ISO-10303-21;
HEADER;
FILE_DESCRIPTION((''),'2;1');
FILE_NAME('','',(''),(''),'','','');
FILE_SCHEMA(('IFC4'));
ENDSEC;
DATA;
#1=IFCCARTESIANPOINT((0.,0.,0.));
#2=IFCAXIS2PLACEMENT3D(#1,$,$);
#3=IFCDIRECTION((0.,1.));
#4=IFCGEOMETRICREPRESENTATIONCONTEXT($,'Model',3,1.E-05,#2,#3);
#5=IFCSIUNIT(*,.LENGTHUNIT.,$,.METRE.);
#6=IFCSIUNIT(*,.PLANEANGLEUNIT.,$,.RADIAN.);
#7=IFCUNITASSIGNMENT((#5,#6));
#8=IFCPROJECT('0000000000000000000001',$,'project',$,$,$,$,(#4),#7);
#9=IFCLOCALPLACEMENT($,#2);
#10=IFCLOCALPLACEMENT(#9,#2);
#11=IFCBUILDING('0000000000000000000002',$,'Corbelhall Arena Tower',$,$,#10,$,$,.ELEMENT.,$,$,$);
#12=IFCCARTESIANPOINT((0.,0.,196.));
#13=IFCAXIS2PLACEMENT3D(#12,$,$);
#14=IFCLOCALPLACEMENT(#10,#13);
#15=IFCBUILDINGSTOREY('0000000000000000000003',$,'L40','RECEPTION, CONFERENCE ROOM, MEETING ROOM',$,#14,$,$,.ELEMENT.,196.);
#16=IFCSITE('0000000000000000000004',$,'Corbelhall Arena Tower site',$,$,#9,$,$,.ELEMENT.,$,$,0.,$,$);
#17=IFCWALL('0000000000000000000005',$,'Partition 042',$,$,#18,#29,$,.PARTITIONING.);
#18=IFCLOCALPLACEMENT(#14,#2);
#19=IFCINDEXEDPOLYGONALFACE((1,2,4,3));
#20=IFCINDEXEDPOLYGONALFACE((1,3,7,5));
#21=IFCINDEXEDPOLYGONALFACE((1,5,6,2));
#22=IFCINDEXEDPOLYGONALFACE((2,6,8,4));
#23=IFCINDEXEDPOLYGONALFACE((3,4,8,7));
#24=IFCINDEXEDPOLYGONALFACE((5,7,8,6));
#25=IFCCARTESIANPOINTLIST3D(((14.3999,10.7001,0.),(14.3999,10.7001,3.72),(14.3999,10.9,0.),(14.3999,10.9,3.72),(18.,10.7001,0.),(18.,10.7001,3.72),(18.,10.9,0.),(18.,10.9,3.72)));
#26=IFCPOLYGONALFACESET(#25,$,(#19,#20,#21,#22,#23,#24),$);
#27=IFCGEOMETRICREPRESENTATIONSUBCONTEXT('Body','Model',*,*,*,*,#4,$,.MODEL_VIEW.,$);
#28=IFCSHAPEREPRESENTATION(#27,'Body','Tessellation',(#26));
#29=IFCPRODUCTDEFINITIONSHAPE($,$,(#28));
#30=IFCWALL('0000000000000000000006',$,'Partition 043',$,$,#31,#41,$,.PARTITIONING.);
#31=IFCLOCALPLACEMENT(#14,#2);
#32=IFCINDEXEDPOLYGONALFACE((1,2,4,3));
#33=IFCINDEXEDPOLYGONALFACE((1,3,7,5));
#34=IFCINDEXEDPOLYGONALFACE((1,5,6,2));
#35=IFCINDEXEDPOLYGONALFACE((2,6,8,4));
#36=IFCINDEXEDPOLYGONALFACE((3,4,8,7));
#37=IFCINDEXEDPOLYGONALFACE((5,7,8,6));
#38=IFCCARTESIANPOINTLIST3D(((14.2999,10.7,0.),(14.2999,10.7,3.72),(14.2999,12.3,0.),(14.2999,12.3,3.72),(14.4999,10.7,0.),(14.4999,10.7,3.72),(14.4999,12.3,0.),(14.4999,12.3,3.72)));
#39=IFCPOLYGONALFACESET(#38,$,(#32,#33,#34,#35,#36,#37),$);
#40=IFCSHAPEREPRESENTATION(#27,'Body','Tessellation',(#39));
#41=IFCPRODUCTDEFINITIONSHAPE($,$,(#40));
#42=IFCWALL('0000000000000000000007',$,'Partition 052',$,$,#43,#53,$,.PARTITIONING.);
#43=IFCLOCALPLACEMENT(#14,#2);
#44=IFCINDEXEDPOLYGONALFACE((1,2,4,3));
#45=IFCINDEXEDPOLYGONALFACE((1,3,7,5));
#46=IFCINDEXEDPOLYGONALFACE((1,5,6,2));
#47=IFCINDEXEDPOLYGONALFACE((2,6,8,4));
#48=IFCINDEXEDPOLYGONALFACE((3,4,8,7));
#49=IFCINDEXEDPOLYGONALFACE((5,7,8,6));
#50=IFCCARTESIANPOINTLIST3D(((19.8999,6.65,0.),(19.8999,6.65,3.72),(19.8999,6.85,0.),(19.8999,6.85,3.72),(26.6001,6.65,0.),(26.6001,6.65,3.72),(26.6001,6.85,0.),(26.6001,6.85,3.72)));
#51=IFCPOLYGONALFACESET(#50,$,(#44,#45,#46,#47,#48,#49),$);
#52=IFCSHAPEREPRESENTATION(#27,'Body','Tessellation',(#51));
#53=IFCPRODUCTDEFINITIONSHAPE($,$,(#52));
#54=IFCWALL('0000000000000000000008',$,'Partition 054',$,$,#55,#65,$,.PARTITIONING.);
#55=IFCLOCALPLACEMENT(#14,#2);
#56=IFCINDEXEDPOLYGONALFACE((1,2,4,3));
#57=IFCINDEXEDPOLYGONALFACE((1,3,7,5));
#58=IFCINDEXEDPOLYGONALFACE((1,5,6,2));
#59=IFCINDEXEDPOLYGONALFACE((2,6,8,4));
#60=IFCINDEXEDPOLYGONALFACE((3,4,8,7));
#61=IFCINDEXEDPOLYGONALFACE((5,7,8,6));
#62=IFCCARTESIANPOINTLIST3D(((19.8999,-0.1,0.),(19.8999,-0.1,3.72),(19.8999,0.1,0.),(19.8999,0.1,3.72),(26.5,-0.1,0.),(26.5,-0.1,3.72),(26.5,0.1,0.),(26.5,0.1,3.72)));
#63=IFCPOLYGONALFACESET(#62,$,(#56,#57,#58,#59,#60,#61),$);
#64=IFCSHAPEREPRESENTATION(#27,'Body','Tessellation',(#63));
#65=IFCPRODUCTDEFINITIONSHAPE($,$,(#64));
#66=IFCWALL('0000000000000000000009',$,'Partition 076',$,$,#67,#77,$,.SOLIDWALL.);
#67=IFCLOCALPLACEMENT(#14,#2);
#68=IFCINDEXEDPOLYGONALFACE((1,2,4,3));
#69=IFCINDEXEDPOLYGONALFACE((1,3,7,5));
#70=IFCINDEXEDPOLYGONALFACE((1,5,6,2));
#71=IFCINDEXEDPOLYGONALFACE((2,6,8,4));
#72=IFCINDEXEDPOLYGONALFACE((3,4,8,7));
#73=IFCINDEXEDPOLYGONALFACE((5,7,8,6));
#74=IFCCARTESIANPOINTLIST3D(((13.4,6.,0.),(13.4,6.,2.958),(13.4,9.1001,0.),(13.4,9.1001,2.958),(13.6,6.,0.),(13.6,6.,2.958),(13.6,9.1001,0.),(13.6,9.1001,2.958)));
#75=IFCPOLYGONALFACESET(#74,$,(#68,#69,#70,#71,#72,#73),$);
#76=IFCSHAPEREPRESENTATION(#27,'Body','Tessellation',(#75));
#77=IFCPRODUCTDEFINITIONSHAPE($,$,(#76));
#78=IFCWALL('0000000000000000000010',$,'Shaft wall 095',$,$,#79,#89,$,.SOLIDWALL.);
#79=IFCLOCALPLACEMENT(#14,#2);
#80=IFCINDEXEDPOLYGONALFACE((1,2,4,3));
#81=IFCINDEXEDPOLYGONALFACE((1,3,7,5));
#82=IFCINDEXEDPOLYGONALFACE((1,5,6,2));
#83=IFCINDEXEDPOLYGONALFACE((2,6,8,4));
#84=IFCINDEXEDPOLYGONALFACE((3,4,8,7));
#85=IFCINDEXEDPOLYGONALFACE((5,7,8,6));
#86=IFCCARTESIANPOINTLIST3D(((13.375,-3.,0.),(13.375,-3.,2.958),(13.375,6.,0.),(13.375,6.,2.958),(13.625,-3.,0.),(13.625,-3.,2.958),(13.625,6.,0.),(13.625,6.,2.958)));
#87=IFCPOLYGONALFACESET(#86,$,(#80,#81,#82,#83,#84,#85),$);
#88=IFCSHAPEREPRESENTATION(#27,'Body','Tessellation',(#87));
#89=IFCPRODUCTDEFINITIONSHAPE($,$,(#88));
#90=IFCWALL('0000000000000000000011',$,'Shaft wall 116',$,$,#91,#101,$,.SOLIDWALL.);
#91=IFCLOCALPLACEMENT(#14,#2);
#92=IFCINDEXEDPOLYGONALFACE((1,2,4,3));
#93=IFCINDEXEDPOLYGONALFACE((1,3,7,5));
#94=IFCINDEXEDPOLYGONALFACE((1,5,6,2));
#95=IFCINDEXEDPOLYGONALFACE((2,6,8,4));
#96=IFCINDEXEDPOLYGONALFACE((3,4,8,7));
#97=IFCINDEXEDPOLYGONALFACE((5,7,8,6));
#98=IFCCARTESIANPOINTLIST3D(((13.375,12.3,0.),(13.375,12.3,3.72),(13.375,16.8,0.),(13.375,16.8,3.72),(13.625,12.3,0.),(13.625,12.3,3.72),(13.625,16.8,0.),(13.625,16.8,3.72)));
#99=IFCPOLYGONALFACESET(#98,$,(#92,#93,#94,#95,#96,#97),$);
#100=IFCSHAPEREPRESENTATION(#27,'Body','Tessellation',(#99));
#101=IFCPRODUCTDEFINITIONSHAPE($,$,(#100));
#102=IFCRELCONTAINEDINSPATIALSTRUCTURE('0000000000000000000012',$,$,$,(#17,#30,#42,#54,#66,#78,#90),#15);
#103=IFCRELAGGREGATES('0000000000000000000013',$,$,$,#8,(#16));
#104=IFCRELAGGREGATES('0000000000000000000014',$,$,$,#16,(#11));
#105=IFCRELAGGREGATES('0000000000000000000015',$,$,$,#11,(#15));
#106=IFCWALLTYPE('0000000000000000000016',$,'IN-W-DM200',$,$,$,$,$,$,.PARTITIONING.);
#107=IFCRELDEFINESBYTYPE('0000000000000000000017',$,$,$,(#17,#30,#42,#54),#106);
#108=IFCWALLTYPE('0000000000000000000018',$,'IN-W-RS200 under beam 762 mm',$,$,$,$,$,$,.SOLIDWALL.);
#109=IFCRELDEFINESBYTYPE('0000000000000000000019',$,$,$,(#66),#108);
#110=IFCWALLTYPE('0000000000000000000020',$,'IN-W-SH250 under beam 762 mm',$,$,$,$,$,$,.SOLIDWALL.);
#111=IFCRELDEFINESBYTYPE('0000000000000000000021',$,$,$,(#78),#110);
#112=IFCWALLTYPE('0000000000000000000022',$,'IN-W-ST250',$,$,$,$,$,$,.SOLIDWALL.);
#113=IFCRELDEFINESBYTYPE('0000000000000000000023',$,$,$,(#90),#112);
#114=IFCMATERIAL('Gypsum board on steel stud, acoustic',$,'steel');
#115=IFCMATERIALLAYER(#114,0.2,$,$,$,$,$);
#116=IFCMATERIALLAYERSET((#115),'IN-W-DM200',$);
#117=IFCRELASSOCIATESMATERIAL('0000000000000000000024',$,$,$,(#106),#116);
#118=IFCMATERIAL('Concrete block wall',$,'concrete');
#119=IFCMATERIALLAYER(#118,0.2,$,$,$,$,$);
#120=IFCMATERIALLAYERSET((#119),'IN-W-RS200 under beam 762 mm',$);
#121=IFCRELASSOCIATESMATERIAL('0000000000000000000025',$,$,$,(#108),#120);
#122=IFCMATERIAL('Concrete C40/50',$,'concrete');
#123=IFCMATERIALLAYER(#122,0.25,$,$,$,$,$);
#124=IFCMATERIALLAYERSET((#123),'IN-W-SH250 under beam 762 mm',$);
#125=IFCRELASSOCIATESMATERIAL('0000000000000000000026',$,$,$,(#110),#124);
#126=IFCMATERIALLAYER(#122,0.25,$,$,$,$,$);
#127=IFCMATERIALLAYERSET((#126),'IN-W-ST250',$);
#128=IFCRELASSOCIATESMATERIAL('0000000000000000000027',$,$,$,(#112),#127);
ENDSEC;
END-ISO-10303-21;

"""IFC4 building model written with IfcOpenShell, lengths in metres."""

from ifc_helpers import new_model, si_unit, direction, frame, frame_2d, origin, place, context, subcontext, project, spatial, rectangle, extrude, material, layer, layer_set, type_object, element, save


model = new_model("IFC4")

# Units and contexts
model_context = context("Model", 3, precision=1e-05, world=origin(), true_north=direction((0.0, 1.0)))
body_context = subcontext(model_context, "Body", "Model", "MODEL_VIEW")
ifc_project = project(units=[si_unit("LENGTHUNIT", "METRE"), si_unit("PLANEANGLEUNIT", "RADIAN")], contexts=[model_context])

# Site, building, storey
site_placement = place(None, origin())
site = spatial("IfcSite", under=ifc_project, at=site_placement, Name="Corbelhall Arena Tower site", CompositionType="ELEMENT", RefElevation=0.0)
building_placement = place(site_placement, origin())
building = spatial("IfcBuilding", under=site, at=building_placement, Name="Corbelhall Arena Tower", CompositionType="ELEMENT")
storey_placement = place(building_placement, frame((0.0, 0.0, 196.0)))
storey = spatial("IfcBuildingStorey", under=building, at=storey_placement, Name="L40", Description="RECEPTION, CONFERENCE ROOM, MEETING ROOM", CompositionType="ELEMENT", Elevation=196.0)

# Walls
ifc_material_1 = material(Name="Gypsum board on steel stud, acoustic", Category="steel")
ifc_layer_1 = layer(ifc_material_1, 0.2)
ifc_layer_set_1 = layer_set([ifc_layer_1], Name="IN-W-DM200")
wall_type_1 = type_object("IfcWallType", Name="IN-W-DM200", PredefinedType="PARTITIONING", material=ifc_layer_set_1)
wall_1_placement = place(storey_placement, frame((14.3999, 10.8, 0.0), z_axis=(0.0, 0.0, 1.0), x_axis=(1.0, 0.0, 0.0)))
element("IfcWall", 1, at=wall_1_placement, inside=storey, type_object=wall_type_1, Name="Partition 042", PredefinedType="PARTITIONING", context=body_context, shape_type="SweptSolid", body=[
    extrude(rectangle(XDim=3.6001, YDim=0.2, at=frame_2d((1.8, 0.0))), origin(), (0.0, 0.0, 1.0), 3.72),
])
wall_2_placement = place(storey_placement, frame((14.3999, 12.3, 0.0), z_axis=(0.0, 0.0, 1.0), x_axis=(0.0, -1.0, 0.0)))
element("IfcWall", 2, at=wall_2_placement, inside=storey, type_object=wall_type_1, Name="Partition 043", PredefinedType="PARTITIONING", context=body_context, shape_type="SweptSolid", body=[
    extrude(rectangle(XDim=1.6001, YDim=0.2, at=frame_2d((0.8, 0.0))), origin(), (0.0, 0.0, 1.0), 3.72),
])

# Walls
wall_3_placement = place(storey_placement, frame((19.8999, 6.75, 0.0), z_axis=(0.0, 0.0, 1.0), x_axis=(1.0, 0.0, 0.0)))
element("IfcWall", 3, at=wall_3_placement, inside=storey, type_object=wall_type_1, Name="Partition 052", PredefinedType="PARTITIONING", context=body_context, shape_type="SweptSolid", body=[
    extrude(rectangle(XDim=6.7002, YDim=0.2, at=frame_2d((3.3501, 0.0))), origin(), (0.0, 0.0, 1.0), 3.72),
])
wall_4_placement = place(storey_placement, frame((26.5, 0.0, 0.0), z_axis=(0.0, 0.0, 1.0), x_axis=(-1.0, 0.0, 0.0)))
element("IfcWall", 4, at=wall_4_placement, inside=storey, type_object=wall_type_1, Name="Partition 054", PredefinedType="PARTITIONING", context=body_context, shape_type="SweptSolid", body=[
    extrude(rectangle(XDim=6.6001, YDim=0.2, at=frame_2d((3.3, 0.0))), origin(), (0.0, 0.0, 1.0), 3.72),
])
ifc_material_2 = material(Name="Concrete block wall", Category="concrete")
ifc_layer_2 = layer(ifc_material_2, 0.2)
ifc_layer_set_2 = layer_set([ifc_layer_2], Name="IN-W-RS200 under beam 762 mm")
wall_type_2 = type_object("IfcWallType", Name="IN-W-RS200 under beam 762 mm", PredefinedType="SOLIDWALL", material=ifc_layer_set_2)
wall_5_placement = place(storey_placement, frame((13.5, 9.1001, 0.0), z_axis=(0.0, 0.0, 1.0), x_axis=(0.0, -1.0, 0.0)))
element("IfcWall", 5, at=wall_5_placement, inside=storey, type_object=wall_type_2, Name="Partition 076", PredefinedType="SOLIDWALL", context=body_context, shape_type="SweptSolid", body=[
    extrude(rectangle(XDim=3.1001, YDim=0.2, at=frame_2d((1.55, 0.0))), origin(), (0.0, 0.0, 1.0), 2.958),
])
ifc_material_3 = material(Name="Concrete C40/50", Category="concrete")
ifc_layer_3 = layer(ifc_material_3, 0.25)
ifc_layer_set_3 = layer_set([ifc_layer_3], Name="IN-W-SH250 under beam 762 mm")
wall_type_3 = type_object("IfcWallType", Name="IN-W-SH250 under beam 762 mm", PredefinedType="SOLIDWALL", material=ifc_layer_set_3)
wall_6_placement = place(storey_placement, frame((13.5, 6.0, 0.0), z_axis=(0.0, 0.0, 1.0), x_axis=(0.0, -1.0, 0.0)))
element("IfcWall", 6, at=wall_6_placement, inside=storey, type_object=wall_type_3, Name="Shaft wall 095", PredefinedType="SOLIDWALL", context=body_context, shape_type="SweptSolid", body=[
    extrude(rectangle(XDim=9.0, YDim=0.25, at=frame_2d((4.5, 0.0))), origin(), (0.0, 0.0, 1.0), 2.958),
])
ifc_layer_4 = layer(ifc_material_3, 0.25)
ifc_layer_set_4 = layer_set([ifc_layer_4], Name="IN-W-ST250")
wall_type_4 = type_object("IfcWallType", Name="IN-W-ST250", PredefinedType="SOLIDWALL", material=ifc_layer_set_4)
wall_7_placement = place(storey_placement, frame((13.5, 16.8, 0.0), z_axis=(0.0, 0.0, 1.0), x_axis=(0.0, -1.0, 0.0)))
element("IfcWall", 7, at=wall_7_placement, inside=storey, type_object=wall_type_4, Name="Shaft wall 116", PredefinedType="SOLIDWALL", context=body_context, shape_type="SweptSolid", body=[
    extrude(rectangle(XDim=4.5, YDim=0.25, at=frame_2d((2.25, 0.0))), origin(), (0.0, 0.0, 1.0), 3.72),
])

save(model, "model.ifc")
